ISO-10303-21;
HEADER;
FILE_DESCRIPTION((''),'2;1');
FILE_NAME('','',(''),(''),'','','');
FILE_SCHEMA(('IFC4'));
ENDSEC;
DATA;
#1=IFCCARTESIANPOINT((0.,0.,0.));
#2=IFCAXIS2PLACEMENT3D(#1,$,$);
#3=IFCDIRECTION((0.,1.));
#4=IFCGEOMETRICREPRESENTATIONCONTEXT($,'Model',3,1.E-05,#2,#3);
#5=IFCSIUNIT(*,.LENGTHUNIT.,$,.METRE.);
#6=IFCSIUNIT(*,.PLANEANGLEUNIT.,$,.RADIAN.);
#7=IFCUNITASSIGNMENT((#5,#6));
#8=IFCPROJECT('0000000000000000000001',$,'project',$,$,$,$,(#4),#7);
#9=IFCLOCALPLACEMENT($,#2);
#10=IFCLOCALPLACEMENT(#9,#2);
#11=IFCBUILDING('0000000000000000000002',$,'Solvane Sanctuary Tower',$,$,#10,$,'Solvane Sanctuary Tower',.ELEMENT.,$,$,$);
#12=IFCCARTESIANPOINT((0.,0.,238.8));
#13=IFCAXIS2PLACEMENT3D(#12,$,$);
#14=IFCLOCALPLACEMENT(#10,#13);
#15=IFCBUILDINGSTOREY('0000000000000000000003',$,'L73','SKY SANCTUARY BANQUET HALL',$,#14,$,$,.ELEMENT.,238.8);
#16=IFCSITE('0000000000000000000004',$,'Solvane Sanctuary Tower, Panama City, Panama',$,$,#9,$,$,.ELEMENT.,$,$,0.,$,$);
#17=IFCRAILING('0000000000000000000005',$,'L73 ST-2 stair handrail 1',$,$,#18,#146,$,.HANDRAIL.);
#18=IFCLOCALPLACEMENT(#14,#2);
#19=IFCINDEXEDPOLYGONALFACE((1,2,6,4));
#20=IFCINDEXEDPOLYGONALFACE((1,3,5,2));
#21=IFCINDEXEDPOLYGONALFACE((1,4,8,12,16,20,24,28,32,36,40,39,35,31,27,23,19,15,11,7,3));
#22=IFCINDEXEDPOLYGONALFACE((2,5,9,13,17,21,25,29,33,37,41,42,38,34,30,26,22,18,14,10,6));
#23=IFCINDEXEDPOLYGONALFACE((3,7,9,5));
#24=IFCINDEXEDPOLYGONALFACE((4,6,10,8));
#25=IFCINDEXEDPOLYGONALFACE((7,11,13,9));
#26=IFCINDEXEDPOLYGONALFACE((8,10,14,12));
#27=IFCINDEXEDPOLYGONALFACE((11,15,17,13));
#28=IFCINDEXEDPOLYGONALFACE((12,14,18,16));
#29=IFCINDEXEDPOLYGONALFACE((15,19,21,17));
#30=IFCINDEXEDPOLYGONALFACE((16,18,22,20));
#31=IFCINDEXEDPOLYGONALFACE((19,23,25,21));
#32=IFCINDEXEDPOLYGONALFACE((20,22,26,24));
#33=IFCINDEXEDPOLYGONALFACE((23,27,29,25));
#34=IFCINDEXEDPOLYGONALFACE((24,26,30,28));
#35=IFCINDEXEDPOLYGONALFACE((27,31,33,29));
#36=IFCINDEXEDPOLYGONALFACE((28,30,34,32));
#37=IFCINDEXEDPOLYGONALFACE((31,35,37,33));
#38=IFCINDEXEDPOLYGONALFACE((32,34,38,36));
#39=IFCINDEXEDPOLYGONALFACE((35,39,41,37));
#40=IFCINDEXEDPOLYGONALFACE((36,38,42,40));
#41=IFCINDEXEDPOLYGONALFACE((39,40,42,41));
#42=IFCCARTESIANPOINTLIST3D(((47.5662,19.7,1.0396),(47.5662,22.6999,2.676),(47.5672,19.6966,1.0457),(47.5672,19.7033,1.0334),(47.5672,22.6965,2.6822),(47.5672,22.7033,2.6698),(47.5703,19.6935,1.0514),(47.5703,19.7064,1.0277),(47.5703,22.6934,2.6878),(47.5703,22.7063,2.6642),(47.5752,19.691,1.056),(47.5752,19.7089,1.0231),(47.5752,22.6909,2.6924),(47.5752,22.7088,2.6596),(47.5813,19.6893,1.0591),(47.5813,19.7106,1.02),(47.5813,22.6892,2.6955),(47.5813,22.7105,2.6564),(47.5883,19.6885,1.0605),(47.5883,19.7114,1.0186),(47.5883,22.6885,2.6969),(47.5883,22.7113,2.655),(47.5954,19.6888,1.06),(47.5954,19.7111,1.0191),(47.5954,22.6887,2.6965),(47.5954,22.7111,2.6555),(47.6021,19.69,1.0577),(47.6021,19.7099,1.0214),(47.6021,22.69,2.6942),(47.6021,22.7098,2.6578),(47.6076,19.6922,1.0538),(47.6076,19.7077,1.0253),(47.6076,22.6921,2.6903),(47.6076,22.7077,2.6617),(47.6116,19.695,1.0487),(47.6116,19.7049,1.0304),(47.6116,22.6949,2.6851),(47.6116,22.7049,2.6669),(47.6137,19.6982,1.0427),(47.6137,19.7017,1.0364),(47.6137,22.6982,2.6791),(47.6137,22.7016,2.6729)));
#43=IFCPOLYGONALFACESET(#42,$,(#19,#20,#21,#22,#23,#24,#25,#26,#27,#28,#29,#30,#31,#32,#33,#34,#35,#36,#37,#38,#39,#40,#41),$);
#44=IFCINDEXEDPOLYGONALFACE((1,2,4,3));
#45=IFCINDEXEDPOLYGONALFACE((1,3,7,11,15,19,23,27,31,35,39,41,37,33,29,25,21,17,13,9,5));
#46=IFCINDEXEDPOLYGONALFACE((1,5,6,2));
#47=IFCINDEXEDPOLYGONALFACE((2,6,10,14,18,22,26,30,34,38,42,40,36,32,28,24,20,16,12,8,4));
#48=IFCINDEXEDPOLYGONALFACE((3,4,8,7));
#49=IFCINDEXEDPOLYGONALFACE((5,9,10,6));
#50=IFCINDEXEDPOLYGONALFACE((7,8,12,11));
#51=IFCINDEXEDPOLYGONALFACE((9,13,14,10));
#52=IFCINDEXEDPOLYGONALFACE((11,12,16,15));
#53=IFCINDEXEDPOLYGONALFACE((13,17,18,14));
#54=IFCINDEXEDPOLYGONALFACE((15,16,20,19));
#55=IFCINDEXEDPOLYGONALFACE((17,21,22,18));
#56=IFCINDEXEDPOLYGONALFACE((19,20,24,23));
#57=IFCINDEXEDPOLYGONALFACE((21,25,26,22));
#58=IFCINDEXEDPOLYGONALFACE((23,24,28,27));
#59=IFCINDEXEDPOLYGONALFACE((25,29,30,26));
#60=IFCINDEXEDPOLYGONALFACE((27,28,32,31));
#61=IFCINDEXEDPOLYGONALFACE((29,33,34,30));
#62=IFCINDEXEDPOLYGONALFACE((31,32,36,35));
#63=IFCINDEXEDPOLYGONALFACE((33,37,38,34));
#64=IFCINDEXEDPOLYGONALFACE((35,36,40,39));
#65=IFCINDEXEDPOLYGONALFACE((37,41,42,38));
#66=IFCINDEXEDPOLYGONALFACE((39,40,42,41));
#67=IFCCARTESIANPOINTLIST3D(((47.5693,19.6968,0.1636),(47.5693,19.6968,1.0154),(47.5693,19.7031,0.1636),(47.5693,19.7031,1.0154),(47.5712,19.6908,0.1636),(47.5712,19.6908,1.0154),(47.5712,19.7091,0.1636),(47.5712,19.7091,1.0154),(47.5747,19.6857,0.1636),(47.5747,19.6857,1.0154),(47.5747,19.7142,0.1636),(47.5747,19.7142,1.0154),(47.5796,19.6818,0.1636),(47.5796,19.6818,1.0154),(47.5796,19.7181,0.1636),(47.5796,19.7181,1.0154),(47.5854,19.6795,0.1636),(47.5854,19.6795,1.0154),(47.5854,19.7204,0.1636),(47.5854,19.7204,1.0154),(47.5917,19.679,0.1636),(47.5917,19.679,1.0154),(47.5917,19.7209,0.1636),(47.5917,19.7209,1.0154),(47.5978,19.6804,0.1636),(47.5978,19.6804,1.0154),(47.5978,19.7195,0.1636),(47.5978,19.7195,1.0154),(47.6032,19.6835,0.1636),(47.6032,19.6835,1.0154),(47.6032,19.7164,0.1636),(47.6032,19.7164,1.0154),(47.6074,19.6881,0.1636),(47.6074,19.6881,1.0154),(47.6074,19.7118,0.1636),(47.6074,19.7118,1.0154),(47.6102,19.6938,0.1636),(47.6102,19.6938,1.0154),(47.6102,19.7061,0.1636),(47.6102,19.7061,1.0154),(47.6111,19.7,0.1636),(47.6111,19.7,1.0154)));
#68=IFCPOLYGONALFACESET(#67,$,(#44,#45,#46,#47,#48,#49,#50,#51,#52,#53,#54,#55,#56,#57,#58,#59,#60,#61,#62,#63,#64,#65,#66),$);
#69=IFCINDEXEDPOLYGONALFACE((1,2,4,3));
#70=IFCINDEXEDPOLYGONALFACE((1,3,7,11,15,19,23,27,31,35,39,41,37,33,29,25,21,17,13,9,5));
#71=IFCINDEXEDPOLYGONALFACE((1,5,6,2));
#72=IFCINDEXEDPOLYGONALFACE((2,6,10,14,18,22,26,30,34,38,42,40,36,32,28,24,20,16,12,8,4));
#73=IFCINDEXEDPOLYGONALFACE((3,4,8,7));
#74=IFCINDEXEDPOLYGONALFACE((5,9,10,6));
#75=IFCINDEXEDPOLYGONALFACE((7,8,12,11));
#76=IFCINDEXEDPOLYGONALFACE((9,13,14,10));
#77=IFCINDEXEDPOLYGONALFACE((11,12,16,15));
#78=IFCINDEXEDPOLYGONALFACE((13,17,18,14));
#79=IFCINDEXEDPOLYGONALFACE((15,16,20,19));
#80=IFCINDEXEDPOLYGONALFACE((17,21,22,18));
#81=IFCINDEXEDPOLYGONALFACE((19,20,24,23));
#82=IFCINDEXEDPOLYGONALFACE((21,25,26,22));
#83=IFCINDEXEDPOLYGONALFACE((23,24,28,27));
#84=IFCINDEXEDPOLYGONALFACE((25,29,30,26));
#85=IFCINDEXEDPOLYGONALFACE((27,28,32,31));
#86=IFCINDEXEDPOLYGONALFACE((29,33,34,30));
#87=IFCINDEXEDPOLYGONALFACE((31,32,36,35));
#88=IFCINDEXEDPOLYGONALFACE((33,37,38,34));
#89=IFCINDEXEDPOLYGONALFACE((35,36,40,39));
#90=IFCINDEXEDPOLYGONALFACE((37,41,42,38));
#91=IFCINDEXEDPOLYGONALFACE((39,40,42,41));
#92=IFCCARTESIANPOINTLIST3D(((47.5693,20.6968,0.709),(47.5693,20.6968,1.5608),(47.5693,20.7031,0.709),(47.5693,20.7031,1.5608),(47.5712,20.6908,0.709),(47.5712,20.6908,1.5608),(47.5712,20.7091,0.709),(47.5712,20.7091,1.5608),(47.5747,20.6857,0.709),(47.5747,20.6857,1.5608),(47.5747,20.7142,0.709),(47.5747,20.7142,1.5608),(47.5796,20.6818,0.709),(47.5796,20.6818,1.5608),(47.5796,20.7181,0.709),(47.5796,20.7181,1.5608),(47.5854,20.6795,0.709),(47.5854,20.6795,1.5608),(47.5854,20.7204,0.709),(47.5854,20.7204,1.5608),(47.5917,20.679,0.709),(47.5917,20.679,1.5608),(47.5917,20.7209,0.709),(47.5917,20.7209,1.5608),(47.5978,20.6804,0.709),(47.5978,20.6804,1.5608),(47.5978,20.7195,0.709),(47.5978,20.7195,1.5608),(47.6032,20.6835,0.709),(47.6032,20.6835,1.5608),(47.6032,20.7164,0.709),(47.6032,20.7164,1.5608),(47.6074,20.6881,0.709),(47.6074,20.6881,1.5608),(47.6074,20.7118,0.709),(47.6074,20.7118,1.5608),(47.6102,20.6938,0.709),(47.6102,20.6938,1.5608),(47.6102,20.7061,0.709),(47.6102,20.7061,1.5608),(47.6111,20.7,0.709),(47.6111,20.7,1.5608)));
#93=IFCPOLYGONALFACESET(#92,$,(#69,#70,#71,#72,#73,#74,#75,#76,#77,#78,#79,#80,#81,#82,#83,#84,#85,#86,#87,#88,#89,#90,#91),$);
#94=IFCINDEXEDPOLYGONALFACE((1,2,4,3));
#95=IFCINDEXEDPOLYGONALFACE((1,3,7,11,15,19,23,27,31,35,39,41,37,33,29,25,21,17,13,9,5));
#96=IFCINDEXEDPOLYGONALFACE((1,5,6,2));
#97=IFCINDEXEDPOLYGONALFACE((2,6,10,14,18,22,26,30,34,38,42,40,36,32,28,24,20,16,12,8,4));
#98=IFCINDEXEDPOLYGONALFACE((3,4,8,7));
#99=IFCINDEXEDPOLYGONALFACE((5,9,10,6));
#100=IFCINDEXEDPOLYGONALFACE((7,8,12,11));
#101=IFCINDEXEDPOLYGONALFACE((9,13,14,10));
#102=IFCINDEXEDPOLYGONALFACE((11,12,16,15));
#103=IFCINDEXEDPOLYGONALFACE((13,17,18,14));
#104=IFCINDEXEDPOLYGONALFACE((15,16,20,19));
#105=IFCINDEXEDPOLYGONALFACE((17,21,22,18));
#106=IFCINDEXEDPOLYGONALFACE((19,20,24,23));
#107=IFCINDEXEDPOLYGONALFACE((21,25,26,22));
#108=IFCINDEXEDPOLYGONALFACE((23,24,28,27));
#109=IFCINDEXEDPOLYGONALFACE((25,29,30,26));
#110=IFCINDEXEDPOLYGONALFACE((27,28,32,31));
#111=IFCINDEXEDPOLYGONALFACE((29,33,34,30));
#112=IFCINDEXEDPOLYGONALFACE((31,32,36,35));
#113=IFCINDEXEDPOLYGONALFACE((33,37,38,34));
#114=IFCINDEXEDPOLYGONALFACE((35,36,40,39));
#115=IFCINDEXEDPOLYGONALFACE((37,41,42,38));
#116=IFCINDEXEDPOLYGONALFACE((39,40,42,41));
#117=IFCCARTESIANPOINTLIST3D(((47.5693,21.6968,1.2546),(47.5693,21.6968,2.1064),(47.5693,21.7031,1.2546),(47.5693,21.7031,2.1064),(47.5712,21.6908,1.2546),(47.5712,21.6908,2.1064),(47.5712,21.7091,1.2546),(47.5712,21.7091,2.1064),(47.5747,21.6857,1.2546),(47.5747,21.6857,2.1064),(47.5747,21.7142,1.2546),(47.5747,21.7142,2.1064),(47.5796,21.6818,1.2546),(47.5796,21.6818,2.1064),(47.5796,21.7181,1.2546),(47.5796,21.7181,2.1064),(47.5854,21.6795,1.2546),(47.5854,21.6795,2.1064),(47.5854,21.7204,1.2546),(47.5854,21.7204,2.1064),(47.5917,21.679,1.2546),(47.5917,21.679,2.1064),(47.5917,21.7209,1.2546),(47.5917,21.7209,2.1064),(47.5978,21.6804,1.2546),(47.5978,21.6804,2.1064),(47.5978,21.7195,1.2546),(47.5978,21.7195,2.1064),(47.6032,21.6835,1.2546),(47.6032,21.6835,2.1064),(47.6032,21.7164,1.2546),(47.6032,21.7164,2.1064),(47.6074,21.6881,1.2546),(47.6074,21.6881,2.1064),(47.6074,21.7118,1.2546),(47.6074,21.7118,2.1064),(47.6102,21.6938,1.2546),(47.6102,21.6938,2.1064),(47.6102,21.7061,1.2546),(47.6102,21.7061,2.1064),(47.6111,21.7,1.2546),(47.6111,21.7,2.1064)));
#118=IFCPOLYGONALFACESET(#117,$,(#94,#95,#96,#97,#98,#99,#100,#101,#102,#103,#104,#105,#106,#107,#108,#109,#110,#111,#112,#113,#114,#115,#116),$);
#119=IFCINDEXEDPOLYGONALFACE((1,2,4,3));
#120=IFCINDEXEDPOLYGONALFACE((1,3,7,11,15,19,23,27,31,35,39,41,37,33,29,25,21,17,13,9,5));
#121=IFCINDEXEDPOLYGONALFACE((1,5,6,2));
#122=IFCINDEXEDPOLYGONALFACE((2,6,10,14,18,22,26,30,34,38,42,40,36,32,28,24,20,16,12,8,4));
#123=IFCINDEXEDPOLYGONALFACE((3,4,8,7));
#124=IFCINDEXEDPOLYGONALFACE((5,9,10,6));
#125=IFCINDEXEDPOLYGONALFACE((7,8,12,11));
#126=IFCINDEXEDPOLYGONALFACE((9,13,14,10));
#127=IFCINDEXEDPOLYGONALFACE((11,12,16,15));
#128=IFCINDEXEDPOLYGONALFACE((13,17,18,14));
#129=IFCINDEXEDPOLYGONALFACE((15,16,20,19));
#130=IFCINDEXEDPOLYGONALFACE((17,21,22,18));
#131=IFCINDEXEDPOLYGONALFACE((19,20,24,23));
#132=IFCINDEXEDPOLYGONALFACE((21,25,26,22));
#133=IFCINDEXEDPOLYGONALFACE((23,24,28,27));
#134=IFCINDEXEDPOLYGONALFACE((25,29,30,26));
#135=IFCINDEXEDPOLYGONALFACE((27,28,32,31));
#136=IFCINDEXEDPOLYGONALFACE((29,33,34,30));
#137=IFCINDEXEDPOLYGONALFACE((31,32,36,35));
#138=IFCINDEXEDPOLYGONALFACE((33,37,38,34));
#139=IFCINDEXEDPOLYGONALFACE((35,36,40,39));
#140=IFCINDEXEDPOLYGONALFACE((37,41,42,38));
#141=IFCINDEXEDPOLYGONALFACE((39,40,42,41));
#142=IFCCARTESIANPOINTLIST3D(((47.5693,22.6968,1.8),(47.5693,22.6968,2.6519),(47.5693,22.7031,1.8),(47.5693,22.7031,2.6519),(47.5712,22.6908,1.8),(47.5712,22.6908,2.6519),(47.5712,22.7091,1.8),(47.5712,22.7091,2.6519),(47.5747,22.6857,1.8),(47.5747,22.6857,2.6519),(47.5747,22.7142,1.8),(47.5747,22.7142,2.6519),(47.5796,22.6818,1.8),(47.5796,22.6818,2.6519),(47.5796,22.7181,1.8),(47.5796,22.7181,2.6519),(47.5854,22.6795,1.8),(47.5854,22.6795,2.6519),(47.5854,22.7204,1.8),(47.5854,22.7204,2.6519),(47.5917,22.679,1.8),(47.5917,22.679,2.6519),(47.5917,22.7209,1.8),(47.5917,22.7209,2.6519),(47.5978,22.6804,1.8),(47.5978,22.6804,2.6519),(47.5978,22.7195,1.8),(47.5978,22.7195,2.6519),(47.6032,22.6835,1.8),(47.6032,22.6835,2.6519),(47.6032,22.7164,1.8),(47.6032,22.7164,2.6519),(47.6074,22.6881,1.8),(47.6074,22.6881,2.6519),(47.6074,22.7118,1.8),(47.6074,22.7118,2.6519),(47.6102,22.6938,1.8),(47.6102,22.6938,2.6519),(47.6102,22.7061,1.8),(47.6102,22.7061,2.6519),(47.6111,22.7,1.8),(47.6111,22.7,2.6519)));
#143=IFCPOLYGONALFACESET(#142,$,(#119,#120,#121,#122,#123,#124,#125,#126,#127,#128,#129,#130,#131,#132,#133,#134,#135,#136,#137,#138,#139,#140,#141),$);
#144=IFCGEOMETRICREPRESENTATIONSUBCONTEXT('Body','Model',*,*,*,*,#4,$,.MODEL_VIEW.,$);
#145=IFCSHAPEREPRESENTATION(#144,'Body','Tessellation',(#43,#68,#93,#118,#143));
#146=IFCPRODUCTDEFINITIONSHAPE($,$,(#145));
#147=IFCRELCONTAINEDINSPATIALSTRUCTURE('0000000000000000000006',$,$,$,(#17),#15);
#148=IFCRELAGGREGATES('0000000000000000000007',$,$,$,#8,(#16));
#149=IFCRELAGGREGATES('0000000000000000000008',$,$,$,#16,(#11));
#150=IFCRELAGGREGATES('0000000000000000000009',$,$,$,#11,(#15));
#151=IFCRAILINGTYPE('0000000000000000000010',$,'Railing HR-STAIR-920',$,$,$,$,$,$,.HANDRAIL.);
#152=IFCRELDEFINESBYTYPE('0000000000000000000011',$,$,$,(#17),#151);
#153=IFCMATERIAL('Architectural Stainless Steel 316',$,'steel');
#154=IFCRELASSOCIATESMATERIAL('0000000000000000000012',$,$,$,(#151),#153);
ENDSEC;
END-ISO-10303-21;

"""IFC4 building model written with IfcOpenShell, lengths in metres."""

from ifc_helpers import new_model, si_unit, direction, frame, origin, origin_2d, place, context, subcontext, project, spatial, circle, extrude, material, type_object, element, save


model = new_model("IFC4")

# Units and contexts
model_context = context("Model", 3, precision=1e-05, world=origin(), true_north=direction((0.0, 1.0)))
body_context = subcontext(model_context, "Body", "Model", "MODEL_VIEW")
ifc_project = project(units=[si_unit("LENGTHUNIT", "METRE"), si_unit("PLANEANGLEUNIT", "RADIAN")], contexts=[model_context])

# Site, building, storey
site_placement = place(None, origin())
site = spatial("IfcSite", under=ifc_project, at=site_placement, Name="Solvane Sanctuary Tower, Panama City, Panama", CompositionType="ELEMENT", RefElevation=0.0)
building_placement = place(site_placement, origin())
building = spatial("IfcBuilding", under=site, at=building_placement, Name="Solvane Sanctuary Tower", LongName="Solvane Sanctuary Tower", CompositionType="ELEMENT")
storey_placement = place(building_placement, frame((0.0, 0.0, 238.8)))
storey = spatial("IfcBuildingStorey", under=building, at=storey_placement, Name="L73", Description="SKY SANCTUARY BANQUET HALL", CompositionType="ELEMENT", Elevation=238.8)

# Railing
ifc_material_1 = material(Name="Architectural Stainless Steel 316", Category="steel")
railing_type_1 = type_object("IfcRailingType", Name="Railing HR-STAIR-920", PredefinedType="HANDRAIL", material=ifc_material_1)
railing_1_placement = place(storey_placement, frame((47.5901, 19.7, 0.1636)))
element("IfcRailing", 1, at=railing_1_placement, inside=storey, type_object=railing_type_1, Name="L73 ST-2 stair handrail 1", PredefinedType="HANDRAIL", context=body_context, shape_type="SweptSolid", body=[
    extrude(circle(Radius=0.0239, at=origin_2d()), frame((0.0, 0.0, 0.876), z_axis=(0.0, 0.877882, 0.478877), x_axis=(-1.0, 0.0, 0.0)), (0.0, 0.0, 1.0), 3.4172),
    extrude(circle(Radius=0.021, at=origin_2d()), origin(), (0.0, 0.0, 1.0), 0.8518),
    extrude(circle(Radius=0.021, at=origin_2d()), frame((0.0, 1.0, 0.5454)), (0.0, 0.0, 1.0), 0.8518),
    extrude(circle(Radius=0.021, at=origin_2d()), frame((0.0, 2.0, 1.0911)), (0.0, 0.0, 1.0), 0.8518),
    extrude(circle(Radius=0.021, at=origin_2d()), frame((0.0, 3.0, 1.6365)), (0.0, 0.0, 1.0), 0.8518),
])

save(model, "model.ifc")
